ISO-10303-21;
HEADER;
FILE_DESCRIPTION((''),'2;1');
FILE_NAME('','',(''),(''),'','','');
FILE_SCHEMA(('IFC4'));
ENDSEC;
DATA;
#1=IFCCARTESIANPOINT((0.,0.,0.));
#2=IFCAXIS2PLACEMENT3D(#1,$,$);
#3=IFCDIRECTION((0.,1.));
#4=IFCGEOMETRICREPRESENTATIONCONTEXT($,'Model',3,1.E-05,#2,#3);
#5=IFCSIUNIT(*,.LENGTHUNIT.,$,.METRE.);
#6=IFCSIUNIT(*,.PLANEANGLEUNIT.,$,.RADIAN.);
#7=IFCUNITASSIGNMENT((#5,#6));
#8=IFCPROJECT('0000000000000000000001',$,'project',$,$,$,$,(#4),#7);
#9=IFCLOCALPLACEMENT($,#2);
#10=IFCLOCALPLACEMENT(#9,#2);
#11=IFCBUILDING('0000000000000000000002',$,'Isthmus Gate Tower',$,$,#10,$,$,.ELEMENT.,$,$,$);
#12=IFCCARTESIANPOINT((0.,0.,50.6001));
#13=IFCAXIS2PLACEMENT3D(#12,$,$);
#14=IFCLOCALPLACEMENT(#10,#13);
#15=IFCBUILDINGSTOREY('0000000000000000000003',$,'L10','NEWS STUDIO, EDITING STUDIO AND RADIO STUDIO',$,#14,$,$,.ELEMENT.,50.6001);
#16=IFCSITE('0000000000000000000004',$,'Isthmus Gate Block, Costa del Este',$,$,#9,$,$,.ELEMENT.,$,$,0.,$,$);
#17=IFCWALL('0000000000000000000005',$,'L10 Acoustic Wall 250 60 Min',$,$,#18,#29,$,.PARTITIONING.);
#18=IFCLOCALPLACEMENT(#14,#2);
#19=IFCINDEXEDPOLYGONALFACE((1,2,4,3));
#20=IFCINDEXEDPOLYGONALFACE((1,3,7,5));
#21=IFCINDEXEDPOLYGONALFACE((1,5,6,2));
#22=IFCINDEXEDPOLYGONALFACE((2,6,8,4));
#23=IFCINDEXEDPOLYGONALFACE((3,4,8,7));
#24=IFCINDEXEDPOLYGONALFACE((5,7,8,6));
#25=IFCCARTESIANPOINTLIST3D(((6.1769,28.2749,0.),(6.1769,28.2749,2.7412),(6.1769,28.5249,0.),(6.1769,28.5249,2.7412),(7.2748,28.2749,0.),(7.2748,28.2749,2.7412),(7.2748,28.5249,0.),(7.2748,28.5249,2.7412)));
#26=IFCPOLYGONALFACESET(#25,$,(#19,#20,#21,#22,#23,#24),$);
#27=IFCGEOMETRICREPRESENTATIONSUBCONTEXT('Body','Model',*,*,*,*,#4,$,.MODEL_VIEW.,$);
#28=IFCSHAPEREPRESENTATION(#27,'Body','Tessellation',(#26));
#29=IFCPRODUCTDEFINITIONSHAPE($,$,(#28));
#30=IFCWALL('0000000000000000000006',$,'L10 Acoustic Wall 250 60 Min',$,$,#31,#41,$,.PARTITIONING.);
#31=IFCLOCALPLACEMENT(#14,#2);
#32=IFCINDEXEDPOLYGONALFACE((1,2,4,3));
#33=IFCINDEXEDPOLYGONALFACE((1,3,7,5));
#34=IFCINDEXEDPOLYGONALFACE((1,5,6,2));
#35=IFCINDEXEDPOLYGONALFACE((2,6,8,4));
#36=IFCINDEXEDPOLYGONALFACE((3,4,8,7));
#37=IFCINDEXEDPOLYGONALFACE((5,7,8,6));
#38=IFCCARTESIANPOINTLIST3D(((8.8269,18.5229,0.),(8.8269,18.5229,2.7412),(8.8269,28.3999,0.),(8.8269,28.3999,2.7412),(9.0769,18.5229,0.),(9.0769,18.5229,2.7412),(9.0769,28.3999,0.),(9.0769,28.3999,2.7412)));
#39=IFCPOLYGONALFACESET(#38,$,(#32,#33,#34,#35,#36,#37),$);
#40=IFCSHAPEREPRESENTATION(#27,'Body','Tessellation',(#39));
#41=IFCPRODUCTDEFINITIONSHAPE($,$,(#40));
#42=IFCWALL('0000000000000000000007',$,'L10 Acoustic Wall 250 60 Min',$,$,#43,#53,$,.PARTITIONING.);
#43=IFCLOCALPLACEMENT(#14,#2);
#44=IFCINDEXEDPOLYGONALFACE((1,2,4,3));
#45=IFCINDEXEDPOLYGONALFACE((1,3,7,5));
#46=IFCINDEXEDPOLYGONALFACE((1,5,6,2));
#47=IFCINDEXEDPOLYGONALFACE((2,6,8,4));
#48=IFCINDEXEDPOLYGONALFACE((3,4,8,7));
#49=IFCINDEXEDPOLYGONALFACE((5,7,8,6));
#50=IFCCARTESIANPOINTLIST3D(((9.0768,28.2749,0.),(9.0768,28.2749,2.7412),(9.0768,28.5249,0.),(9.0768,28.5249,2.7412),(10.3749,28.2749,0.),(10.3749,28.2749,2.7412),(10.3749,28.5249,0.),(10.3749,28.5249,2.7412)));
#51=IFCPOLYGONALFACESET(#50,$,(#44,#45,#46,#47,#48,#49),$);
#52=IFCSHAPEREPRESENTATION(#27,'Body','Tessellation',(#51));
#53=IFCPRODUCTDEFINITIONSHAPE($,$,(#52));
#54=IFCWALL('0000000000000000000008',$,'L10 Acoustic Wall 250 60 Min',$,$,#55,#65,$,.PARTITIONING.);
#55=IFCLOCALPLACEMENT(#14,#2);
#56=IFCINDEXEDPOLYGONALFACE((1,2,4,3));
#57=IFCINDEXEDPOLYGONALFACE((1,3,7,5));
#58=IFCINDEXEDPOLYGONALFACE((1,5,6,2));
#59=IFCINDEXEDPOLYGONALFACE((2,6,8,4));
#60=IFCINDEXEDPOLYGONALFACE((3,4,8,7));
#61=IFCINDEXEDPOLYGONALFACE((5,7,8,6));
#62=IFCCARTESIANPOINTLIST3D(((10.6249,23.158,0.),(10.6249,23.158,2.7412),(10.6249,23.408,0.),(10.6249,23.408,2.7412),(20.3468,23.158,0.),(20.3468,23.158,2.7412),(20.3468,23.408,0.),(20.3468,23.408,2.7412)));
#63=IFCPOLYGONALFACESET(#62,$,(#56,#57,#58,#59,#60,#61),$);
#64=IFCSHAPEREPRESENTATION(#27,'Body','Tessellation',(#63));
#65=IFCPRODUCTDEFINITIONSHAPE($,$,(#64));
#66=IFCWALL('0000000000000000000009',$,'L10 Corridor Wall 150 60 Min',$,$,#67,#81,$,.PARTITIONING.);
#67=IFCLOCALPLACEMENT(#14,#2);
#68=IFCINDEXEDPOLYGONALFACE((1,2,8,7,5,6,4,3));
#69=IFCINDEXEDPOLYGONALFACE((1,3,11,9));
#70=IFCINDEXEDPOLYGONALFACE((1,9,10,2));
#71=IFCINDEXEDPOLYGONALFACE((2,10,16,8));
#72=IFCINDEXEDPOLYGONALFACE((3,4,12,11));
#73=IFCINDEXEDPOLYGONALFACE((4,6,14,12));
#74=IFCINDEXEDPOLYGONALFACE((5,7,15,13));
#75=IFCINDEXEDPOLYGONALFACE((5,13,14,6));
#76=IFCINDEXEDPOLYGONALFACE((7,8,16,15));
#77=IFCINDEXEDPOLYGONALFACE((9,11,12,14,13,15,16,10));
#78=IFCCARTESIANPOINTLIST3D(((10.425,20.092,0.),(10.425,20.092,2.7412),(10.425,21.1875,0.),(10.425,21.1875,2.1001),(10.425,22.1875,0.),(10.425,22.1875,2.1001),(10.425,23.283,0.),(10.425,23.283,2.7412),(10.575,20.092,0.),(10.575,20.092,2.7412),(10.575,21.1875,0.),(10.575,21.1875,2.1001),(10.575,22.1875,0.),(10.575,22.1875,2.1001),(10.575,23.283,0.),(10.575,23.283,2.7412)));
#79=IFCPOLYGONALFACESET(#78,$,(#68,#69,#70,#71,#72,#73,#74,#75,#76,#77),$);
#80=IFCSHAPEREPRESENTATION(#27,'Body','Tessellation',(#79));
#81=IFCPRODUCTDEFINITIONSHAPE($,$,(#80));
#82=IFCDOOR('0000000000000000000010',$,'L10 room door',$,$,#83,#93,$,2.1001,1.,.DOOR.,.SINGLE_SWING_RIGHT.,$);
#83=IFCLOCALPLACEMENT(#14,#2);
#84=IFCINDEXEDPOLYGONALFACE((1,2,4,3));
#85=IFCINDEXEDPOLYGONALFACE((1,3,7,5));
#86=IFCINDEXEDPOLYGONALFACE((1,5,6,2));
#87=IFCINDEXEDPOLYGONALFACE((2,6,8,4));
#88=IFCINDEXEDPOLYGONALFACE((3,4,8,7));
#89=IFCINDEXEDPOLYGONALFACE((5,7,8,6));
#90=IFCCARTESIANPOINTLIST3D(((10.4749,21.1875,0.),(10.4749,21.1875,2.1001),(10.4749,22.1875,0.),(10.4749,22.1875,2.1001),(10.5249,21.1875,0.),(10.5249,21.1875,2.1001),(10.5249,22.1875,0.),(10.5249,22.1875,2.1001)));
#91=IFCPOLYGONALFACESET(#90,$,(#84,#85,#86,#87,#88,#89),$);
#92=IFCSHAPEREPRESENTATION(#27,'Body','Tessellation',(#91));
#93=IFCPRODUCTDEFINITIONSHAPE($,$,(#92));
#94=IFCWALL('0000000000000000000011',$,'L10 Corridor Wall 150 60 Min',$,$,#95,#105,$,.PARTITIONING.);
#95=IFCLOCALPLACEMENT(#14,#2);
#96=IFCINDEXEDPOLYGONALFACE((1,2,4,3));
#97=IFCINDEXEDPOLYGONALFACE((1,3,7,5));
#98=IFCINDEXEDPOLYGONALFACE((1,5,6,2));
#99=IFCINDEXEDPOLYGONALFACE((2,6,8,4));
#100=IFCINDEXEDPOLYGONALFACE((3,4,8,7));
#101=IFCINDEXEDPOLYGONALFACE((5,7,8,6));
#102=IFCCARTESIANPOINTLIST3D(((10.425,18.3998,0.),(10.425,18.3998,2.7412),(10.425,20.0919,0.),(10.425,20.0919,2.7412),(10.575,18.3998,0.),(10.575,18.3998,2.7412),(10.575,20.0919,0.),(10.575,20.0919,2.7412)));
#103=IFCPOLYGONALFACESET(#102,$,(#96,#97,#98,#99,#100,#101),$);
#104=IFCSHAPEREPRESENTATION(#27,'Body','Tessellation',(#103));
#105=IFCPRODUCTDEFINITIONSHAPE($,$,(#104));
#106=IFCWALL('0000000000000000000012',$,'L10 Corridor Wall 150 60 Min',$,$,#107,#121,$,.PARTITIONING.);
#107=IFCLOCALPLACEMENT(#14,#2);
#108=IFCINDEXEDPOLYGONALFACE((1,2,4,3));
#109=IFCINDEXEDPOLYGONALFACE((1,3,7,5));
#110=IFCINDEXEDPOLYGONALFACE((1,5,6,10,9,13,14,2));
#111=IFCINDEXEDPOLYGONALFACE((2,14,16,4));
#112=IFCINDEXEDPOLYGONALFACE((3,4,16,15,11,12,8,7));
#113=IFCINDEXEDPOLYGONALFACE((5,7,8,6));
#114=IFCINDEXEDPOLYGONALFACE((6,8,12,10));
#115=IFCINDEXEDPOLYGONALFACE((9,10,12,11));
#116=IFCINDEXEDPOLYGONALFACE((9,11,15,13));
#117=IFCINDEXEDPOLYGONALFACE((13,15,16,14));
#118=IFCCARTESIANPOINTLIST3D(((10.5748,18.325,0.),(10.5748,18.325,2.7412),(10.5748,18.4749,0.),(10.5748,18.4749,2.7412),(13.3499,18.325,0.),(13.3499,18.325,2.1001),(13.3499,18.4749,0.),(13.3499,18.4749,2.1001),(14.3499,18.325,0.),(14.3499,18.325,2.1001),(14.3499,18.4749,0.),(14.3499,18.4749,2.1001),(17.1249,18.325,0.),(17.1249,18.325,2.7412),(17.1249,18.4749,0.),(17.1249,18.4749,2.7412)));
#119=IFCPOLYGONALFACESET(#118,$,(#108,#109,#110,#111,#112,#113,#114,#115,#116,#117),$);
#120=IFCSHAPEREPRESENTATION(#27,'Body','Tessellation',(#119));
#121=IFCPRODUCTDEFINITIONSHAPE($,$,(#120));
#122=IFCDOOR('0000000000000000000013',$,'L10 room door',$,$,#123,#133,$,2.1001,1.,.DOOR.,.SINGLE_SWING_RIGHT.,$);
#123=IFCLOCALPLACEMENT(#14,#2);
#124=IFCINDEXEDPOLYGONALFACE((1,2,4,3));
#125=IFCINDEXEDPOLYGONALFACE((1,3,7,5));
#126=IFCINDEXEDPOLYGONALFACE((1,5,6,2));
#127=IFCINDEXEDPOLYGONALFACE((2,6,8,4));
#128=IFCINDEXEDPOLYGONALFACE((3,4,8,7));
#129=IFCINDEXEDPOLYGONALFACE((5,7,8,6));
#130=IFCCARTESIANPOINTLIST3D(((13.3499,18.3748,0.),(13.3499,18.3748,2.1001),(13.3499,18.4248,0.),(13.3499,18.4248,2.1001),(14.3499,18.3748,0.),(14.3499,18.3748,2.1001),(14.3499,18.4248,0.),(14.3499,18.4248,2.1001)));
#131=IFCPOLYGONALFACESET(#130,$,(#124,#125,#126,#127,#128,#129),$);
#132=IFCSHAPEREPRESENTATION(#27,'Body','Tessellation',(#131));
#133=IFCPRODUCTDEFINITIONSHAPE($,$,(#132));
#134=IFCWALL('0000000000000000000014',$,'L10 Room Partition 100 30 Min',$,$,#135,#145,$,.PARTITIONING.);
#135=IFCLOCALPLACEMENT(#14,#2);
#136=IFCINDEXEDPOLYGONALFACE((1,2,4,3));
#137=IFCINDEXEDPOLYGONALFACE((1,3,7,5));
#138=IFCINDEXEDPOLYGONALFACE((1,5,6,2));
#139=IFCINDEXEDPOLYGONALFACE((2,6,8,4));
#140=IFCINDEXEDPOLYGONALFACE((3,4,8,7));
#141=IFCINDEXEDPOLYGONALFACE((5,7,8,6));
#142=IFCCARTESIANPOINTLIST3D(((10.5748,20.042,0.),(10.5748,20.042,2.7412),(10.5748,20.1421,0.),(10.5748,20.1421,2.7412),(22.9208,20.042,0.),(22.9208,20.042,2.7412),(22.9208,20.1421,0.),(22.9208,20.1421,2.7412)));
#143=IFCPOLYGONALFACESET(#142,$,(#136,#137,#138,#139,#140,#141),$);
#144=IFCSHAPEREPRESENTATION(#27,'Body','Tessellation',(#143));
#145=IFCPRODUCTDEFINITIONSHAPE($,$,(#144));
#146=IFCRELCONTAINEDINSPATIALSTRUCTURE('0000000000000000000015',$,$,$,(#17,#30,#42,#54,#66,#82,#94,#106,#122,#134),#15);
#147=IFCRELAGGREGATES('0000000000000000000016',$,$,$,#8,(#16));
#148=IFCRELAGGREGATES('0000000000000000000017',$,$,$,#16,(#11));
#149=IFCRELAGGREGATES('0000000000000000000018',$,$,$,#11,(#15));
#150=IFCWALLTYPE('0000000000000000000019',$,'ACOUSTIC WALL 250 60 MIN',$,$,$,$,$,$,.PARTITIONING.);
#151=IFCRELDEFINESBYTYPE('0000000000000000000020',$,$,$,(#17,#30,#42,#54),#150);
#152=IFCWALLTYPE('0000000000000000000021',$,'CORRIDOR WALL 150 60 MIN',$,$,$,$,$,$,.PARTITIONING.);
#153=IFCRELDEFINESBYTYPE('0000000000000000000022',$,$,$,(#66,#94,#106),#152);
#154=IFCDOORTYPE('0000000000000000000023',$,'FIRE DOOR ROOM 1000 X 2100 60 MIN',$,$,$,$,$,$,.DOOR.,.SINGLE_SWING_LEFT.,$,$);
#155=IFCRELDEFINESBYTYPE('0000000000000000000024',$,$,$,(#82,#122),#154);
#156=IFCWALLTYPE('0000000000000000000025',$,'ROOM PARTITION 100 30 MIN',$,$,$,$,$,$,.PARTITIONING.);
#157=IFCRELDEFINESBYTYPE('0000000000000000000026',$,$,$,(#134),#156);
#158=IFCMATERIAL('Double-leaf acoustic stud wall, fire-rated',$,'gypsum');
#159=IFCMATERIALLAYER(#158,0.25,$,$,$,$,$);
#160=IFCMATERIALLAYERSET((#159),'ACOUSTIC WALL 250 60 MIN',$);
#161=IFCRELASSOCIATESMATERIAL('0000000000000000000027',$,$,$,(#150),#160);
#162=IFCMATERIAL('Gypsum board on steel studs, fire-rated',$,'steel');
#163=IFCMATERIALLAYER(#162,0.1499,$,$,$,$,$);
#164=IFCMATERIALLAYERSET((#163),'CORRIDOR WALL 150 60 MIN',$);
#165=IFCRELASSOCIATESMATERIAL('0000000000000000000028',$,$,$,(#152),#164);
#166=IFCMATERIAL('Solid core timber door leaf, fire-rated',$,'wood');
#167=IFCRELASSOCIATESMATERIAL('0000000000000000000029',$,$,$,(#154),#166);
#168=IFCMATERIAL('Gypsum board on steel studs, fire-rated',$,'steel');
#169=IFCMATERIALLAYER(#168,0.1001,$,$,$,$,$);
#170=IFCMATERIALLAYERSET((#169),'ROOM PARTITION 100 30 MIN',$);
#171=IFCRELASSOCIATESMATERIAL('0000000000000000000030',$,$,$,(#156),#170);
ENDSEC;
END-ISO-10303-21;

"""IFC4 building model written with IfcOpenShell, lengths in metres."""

from ifc_helpers import new_model, si_unit, direction, frame, frame_2d, origin, place, context, subcontext, project, spatial, rectangle, extrude, material, layer, layer_set, type_object, element, fill, save


model = new_model("IFC4")

# Units and contexts
model_context = context("Model", 3, precision=1e-05, world=origin(), true_north=direction((0.0, 1.0)))
body_context = subcontext(model_context, "Body", "Model", "MODEL_VIEW")
ifc_project = project(units=[si_unit("LENGTHUNIT", "METRE"), si_unit("PLANEANGLEUNIT", "RADIAN")], contexts=[model_context])

# Site, building, storey
site_placement = place(None, origin())
site = spatial("IfcSite", under=ifc_project, at=site_placement, Name="Isthmus Gate Block, Costa del Este", CompositionType="ELEMENT", RefElevation=0.0)
building_placement = place(site_placement, origin())
building = spatial("IfcBuilding", under=site, at=building_placement, Name="Isthmus Gate Tower", CompositionType="ELEMENT")
storey_placement = place(building_placement, frame((0.0, 0.0, 50.6001)))
storey = spatial("IfcBuildingStorey", under=building, at=storey_placement, Name="L10", Description="NEWS STUDIO, EDITING STUDIO AND RADIO STUDIO", CompositionType="ELEMENT", Elevation=50.6001)

# Shared definitions
ifc_material_1 = material(Name="Double-leaf acoustic stud wall, fire-rated", Category="gypsum")
ifc_layer_1 = layer(ifc_material_1, 0.25)
ifc_layer_set_1 = layer_set([ifc_layer_1], Name="ACOUSTIC WALL 250 60 MIN")
wall_type_1 = type_object("IfcWallType", Name="ACOUSTIC WALL 250 60 MIN", PredefinedType="PARTITIONING", material=ifc_layer_set_1)

# Walls
wall_1_placement = place(storey_placement, frame((6.177, 28.3999, 0.0), z_axis=(0.0, 0.0, 1.0), x_axis=(1.0, 0.0, 0.0)))
element("IfcWall", 1, at=wall_1_placement, inside=storey, type_object=wall_type_1, Name="L10 Acoustic Wall 250 60 Min", PredefinedType="PARTITIONING", context=body_context, shape_type="SweptSolid", body=[
    extrude(rectangle(XDim=1.0979, YDim=0.25, at=frame_2d((0.5488, 0.0))), origin(), (0.0, 0.0, 1.0), 2.7412),
])
wall_2_placement = place(storey_placement, frame((8.9519, 18.5229, 0.0), z_axis=(0.0, 0.0, 1.0), x_axis=(0.0, 1.0, 0.0)))
element("IfcWall", 2, at=wall_2_placement, inside=storey, type_object=wall_type_1, Name="L10 Acoustic Wall 250 60 Min", PredefinedType="PARTITIONING", context=body_context, shape_type="SweptSolid", body=[
    extrude(rectangle(XDim=9.877, YDim=0.25, at=frame_2d((4.9385, 0.0))), origin(), (0.0, 0.0, 1.0), 2.7412),
])
wall_3_placement = place(storey_placement, frame((9.0769, 28.3999, 0.0), z_axis=(0.0, 0.0, 1.0), x_axis=(1.0, 0.0, 0.0)))
element("IfcWall", 3, at=wall_3_placement, inside=storey, type_object=wall_type_1, Name="L10 Acoustic Wall 250 60 Min", PredefinedType="PARTITIONING", context=body_context, shape_type="SweptSolid", body=[
    extrude(rectangle(XDim=1.2981, YDim=0.25, at=frame_2d((0.6489, 0.0))), origin(), (0.0, 0.0, 1.0), 2.7412),
])
wall_4_placement = place(storey_placement, frame((10.625, 23.283, 0.0), z_axis=(0.0, 0.0, 1.0), x_axis=(1.0, 0.0, 0.0)))
element("IfcWall", 4, at=wall_4_placement, inside=storey, type_object=wall_type_1, Name="L10 Acoustic Wall 250 60 Min", PredefinedType="PARTITIONING", context=body_context, shape_type="SweptSolid", body=[
    extrude(rectangle(XDim=9.7219, YDim=0.25, at=frame_2d((4.8608, 0.0))), origin(), (0.0, 0.0, 1.0), 2.7412),
])

# Wall, opening, door
ifc_material_2 = material(Name="Gypsum board on steel studs, fire-rated", Category="steel")
ifc_layer_2 = layer(ifc_material_2, 0.1499)
ifc_layer_set_2 = layer_set([ifc_layer_2], Name="CORRIDOR WALL 150 60 MIN")
wall_type_2 = type_object("IfcWallType", Name="CORRIDOR WALL 150 60 MIN", PredefinedType="PARTITIONING", material=ifc_layer_set_2)
wall_5_placement = place(storey_placement, frame((10.5, 23.283, 0.0), z_axis=(0.0, 0.0, 1.0), x_axis=(0.0, -1.0, 0.0)))
wall_5 = element("IfcWall", 5, at=wall_5_placement, inside=storey, type_object=wall_type_2, Name="L10 Corridor Wall 150 60 Min", PredefinedType="PARTITIONING", context=body_context, shape_type="SweptSolid", body=[
    extrude(rectangle(XDim=3.1909, YDim=0.1499, at=frame_2d((1.5955, 0.0))), origin(), (0.0, 0.0, 1.0), 2.7412),
])
opening_1_placement = place(wall_5_placement, frame((1.0955, 0.0, 0.0)))
opening_1 = element("IfcOpeningElement", 6, at=opening_1_placement, cuts=wall_5, PredefinedType="OPENING", context=body_context, shape_type="SweptSolid", body=[
    extrude(rectangle(XDim=1.0, YDim=2.1001, at=frame_2d((0.5, 1.05))), frame((0.0, 0.085, 0.0), z_axis=(0.0, -1.0, 0.0), x_axis=(1.0, 0.0, 0.0)), (0.0, 0.0, 1.0), 0.1699),
])
ifc_material_3 = material(Name="Solid core timber door leaf, fire-rated", Category="wood")
door_type_1 = type_object("IfcDoorType", Name="FIRE DOOR ROOM 1000 X 2100 60 MIN", OperationType="SINGLE_SWING_LEFT", PredefinedType="DOOR", material=ifc_material_3)
door_1_placement = place(opening_1_placement, origin())
door_1 = element("IfcDoor", 7, at=door_1_placement, inside=storey, type_object=door_type_1, Name="L10 room door", OperationType="SINGLE_SWING_RIGHT", OverallHeight=2.1001, OverallWidth=1.0, PredefinedType="DOOR", context=body_context, shape_type="SweptSolid", body=[
    extrude(rectangle(XDim=1.0, YDim=2.1001, at=frame_2d((0.5, 1.05))), frame((0.0, 0.0249, 0.0), z_axis=(0.0, -1.0, 0.0), x_axis=(1.0, 0.0, 0.0)), (0.0, 0.0, 1.0), 0.05),
])
fill(opening_1, door_1)

# Wall
wall_6_placement = place(storey_placement, frame((10.5, 20.092, 0.0), z_axis=(0.0, 0.0, 1.0), x_axis=(0.0, -1.0, 0.0)))
element("IfcWall", 8, at=wall_6_placement, inside=storey, type_object=wall_type_2, Name="L10 Corridor Wall 150 60 Min", PredefinedType="PARTITIONING", context=body_context, shape_type="SweptSolid", body=[
    extrude(rectangle(XDim=1.6921, YDim=0.1499, at=frame_2d((0.8462, 0.0))), origin(), (0.0, 0.0, 1.0), 2.7412),
])

# Wall, opening, door
wall_7_placement = place(storey_placement, frame((10.575, 18.3999, 0.0), z_axis=(0.0, 0.0, 1.0), x_axis=(1.0, 0.0, 0.0)))
wall_7 = element("IfcWall", 9, at=wall_7_placement, inside=storey, type_object=wall_type_2, Name="L10 Corridor Wall 150 60 Min", PredefinedType="PARTITIONING", context=body_context, shape_type="SweptSolid", body=[
    extrude(rectangle(XDim=6.55, YDim=0.1499, at=frame_2d((3.2749, 0.0))), origin(), (0.0, 0.0, 1.0), 2.7412),
])
opening_2_placement = place(wall_7_placement, frame((2.7749, 0.0, 0.0)))
opening_2 = element("IfcOpeningElement", 10, at=opening_2_placement, cuts=wall_7, PredefinedType="OPENING", context=body_context, shape_type="SweptSolid", body=[
    extrude(rectangle(XDim=1.0, YDim=2.1001, at=frame_2d((0.5, 1.05))), frame((0.0, 0.085, 0.0), z_axis=(0.0, -1.0, 0.0), x_axis=(1.0, 0.0, 0.0)), (0.0, 0.0, 1.0), 0.1699),
])
door_2_placement = place(opening_2_placement, origin())
door_2 = element("IfcDoor", 11, at=door_2_placement, inside=storey, type_object=door_type_1, Name="L10 room door", OperationType="SINGLE_SWING_RIGHT", OverallHeight=2.1001, OverallWidth=1.0, PredefinedType="DOOR", context=body_context, shape_type="SweptSolid", body=[
    extrude(rectangle(XDim=1.0, YDim=2.1001, at=frame_2d((0.5, 1.05))), frame((0.0, 0.0249, 0.0), z_axis=(0.0, -1.0, 0.0), x_axis=(1.0, 0.0, 0.0)), (0.0, 0.0, 1.0), 0.05),
])
fill(opening_2, door_2)

# Wall
ifc_material_4 = material(Name="Gypsum board on steel studs, fire-rated", Category="steel")
ifc_layer_3 = layer(ifc_material_4, 0.1001)
ifc_layer_set_3 = layer_set([ifc_layer_3], Name="ROOM PARTITION 100 30 MIN")
wall_type_3 = type_object("IfcWallType", Name="ROOM PARTITION 100 30 MIN", PredefinedType="PARTITIONING", material=ifc_layer_set_3)
wall_8_placement = place(storey_placement, frame((10.575, 20.092, 0.0), z_axis=(0.0, 0.0, 1.0), x_axis=(1.0, 0.0, 0.0)))
element("IfcWall", 12, at=wall_8_placement, inside=storey, type_object=wall_type_3, Name="L10 Room Partition 100 30 Min", PredefinedType="PARTITIONING", context=body_context, shape_type="SweptSolid", body=[
    extrude(rectangle(XDim=12.3459, YDim=0.1001, at=frame_2d((6.1729, 0.0))), origin(), (0.0, 0.0, 1.0), 2.7412),
])

save(model, "model.ifc")
